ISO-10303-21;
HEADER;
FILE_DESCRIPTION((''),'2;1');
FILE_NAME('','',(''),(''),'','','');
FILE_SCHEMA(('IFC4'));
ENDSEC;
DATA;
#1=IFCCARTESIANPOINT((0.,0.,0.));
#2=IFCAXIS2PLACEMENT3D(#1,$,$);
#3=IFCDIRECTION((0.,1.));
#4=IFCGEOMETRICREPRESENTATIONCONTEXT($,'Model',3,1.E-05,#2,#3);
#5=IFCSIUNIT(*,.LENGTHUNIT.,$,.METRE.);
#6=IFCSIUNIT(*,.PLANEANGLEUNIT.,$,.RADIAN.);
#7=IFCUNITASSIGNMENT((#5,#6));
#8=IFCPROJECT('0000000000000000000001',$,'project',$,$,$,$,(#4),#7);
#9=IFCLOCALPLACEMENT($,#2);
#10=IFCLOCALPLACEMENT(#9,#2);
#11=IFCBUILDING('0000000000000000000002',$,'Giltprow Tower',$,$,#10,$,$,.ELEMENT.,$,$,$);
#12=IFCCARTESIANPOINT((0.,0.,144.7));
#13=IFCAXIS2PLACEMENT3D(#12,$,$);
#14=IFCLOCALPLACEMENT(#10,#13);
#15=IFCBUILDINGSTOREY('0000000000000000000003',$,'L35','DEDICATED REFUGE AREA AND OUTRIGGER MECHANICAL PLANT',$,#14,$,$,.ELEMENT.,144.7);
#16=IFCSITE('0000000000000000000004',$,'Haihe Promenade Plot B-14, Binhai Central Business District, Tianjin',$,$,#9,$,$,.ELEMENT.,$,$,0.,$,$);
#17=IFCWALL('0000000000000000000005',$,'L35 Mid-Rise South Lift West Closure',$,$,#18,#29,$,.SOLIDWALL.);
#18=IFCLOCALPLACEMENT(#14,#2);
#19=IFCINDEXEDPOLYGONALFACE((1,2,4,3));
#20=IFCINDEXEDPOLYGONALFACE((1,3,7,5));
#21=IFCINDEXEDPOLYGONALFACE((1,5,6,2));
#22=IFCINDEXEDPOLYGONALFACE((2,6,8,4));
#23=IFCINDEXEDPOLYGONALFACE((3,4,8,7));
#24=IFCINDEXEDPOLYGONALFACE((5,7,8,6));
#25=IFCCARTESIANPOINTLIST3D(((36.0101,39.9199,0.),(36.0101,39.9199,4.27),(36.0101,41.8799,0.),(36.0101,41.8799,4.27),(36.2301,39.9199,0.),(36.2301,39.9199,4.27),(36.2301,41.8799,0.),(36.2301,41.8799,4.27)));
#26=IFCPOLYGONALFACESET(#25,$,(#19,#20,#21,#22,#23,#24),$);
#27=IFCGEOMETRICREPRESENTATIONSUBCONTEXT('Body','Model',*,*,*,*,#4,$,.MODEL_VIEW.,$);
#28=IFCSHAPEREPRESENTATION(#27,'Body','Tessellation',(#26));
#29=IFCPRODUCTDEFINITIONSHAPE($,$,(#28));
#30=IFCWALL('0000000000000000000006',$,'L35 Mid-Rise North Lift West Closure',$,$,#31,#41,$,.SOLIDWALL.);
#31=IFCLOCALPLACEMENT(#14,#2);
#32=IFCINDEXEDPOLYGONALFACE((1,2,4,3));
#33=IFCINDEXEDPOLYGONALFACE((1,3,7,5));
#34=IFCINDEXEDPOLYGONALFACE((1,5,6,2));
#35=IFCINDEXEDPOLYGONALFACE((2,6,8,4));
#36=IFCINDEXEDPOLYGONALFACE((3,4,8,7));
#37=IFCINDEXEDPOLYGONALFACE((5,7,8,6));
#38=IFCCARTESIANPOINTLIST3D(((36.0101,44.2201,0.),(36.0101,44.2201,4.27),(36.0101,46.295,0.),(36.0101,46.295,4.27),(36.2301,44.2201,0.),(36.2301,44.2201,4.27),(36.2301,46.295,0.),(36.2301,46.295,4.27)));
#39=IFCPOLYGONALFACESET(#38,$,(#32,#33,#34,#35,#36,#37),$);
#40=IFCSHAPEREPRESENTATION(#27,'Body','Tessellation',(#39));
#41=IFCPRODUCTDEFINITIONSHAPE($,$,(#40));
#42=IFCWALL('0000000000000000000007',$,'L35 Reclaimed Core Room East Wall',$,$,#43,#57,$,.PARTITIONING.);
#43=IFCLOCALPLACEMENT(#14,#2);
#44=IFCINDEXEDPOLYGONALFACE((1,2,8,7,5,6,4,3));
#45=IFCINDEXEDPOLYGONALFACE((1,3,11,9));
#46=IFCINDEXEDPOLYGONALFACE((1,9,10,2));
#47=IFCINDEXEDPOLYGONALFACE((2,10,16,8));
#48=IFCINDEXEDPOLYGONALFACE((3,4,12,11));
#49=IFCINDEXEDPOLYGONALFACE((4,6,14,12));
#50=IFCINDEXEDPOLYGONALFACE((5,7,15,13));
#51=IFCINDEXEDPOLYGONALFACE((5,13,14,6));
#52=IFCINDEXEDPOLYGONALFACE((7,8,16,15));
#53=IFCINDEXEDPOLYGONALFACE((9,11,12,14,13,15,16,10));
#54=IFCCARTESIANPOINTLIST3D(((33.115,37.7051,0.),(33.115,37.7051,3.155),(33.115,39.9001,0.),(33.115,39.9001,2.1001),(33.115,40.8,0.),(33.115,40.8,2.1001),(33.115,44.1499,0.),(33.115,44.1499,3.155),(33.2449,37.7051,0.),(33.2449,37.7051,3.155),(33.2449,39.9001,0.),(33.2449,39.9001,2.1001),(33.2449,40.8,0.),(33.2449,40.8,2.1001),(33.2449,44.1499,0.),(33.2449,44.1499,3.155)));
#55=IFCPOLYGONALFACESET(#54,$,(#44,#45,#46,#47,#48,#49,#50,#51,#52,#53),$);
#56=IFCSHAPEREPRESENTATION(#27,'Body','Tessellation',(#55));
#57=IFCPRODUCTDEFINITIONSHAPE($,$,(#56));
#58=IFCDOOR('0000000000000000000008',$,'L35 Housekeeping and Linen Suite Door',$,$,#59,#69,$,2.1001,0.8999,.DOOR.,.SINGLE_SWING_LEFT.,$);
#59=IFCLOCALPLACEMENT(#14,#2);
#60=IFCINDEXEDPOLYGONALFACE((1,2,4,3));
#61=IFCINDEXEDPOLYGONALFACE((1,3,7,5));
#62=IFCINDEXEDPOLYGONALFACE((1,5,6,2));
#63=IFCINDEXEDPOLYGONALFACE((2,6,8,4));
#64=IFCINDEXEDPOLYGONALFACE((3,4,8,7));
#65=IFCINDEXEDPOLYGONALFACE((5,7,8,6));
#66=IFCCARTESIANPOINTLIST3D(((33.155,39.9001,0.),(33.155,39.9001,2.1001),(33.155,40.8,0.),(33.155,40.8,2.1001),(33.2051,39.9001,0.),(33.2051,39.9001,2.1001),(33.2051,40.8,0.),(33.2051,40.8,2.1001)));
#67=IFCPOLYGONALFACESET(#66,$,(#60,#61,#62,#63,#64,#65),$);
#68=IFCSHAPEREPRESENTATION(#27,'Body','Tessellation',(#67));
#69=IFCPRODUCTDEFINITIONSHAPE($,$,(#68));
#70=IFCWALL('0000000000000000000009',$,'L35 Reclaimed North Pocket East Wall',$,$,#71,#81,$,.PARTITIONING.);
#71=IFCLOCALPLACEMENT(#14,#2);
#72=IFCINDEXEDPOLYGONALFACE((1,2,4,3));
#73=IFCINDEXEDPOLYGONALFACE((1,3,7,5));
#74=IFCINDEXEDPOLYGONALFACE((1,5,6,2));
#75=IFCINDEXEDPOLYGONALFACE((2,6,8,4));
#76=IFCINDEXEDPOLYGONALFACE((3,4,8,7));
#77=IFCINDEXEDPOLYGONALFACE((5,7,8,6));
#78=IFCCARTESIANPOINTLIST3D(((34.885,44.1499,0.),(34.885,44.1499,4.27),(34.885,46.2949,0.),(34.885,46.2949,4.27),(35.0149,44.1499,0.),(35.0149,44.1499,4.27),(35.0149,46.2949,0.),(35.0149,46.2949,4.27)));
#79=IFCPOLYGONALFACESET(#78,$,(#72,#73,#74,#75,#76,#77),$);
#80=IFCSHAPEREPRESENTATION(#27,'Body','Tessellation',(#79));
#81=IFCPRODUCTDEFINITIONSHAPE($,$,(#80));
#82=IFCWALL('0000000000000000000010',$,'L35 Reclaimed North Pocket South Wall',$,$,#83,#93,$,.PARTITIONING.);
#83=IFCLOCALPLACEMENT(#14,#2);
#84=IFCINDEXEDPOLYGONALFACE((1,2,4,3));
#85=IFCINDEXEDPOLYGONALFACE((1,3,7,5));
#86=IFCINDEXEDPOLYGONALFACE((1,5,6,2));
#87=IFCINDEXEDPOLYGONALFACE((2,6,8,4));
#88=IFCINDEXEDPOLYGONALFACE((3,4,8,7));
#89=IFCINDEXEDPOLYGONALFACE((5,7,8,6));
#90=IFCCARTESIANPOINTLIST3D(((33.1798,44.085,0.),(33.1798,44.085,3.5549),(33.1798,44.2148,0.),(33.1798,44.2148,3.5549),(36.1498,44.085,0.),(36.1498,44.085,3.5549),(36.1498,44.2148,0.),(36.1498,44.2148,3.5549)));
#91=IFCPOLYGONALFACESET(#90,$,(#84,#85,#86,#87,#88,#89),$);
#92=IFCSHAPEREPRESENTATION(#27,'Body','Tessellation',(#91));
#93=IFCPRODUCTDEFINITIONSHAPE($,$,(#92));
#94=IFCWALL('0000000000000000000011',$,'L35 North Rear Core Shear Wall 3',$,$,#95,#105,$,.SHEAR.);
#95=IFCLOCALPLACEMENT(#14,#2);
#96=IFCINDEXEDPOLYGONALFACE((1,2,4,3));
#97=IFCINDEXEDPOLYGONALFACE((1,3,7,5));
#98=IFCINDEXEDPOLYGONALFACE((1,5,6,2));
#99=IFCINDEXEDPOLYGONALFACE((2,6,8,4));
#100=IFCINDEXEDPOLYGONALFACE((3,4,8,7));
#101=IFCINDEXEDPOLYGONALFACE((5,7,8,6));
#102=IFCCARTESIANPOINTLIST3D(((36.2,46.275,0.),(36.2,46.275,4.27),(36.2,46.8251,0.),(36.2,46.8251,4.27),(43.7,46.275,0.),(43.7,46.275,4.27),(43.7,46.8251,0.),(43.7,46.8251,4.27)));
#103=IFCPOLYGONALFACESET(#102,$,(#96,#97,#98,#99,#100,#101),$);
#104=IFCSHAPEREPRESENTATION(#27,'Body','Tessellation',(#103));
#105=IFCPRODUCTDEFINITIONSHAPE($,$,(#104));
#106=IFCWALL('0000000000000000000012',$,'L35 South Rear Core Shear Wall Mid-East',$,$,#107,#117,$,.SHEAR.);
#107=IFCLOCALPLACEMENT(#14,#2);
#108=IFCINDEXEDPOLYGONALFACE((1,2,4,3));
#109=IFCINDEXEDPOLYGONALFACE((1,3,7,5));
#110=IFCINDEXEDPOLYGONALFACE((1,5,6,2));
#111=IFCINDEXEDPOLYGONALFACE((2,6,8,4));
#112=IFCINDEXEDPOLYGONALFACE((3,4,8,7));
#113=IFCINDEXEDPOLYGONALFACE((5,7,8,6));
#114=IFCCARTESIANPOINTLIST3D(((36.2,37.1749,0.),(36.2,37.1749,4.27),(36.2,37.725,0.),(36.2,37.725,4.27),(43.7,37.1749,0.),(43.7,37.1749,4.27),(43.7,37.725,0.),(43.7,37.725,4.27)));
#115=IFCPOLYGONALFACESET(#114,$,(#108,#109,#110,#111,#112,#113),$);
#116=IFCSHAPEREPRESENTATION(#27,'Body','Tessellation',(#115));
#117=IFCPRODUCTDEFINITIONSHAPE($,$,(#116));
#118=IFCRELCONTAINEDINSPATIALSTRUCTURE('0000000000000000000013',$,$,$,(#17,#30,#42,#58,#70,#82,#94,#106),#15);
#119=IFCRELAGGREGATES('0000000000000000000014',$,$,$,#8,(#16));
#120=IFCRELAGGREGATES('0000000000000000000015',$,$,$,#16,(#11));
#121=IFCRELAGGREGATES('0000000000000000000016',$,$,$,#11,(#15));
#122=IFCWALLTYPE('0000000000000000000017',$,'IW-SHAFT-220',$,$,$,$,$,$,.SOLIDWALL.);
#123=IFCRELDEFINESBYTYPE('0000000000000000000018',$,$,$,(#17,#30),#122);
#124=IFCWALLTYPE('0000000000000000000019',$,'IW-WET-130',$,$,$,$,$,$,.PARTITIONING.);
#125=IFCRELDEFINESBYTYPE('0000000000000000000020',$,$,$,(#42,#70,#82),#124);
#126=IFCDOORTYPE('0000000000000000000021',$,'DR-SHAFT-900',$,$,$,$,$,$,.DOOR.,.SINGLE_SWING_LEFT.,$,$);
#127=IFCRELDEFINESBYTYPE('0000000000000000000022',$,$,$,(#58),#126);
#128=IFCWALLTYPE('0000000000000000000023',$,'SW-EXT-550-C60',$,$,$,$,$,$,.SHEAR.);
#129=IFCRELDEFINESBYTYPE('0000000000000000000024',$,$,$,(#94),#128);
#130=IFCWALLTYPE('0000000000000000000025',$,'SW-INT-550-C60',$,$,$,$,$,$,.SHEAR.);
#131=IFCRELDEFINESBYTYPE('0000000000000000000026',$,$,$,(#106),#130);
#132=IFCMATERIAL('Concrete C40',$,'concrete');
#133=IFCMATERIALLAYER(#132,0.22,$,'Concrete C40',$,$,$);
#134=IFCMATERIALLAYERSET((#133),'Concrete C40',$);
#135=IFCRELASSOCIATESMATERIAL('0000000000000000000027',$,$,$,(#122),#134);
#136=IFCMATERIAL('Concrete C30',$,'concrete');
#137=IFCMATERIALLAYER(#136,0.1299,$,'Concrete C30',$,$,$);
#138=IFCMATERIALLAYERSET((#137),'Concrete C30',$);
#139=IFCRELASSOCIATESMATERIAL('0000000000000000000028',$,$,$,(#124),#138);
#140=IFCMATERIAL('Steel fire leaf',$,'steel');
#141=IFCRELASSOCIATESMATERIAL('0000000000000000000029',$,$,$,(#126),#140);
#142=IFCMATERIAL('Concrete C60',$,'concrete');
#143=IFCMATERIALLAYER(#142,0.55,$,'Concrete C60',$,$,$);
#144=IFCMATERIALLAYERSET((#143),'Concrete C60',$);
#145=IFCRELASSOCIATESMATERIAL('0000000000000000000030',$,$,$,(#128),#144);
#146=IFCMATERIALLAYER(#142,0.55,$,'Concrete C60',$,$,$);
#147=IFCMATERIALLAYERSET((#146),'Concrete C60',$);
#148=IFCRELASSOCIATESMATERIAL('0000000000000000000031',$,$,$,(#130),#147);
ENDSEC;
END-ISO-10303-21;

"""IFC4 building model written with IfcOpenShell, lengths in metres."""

from ifc_helpers import new_model, si_unit, direction, frame, frame_2d, origin, place, context, subcontext, project, spatial, rectangle, extrude, source, transform, mapped, material, layer, layer_set, type_object, element, fill, save


model = new_model("IFC4")

# Units and contexts
model_context = context("Model", 3, precision=1e-05, world=origin(), true_north=direction((0.0, 1.0)))
body_context = subcontext(model_context, "Body", "Model", "MODEL_VIEW")
ifc_project = project(units=[si_unit("LENGTHUNIT", "METRE"), si_unit("PLANEANGLEUNIT", "RADIAN")], contexts=[model_context])

# Site, building, storey
site_placement = place(None, origin())
site = spatial("IfcSite", under=ifc_project, at=site_placement, Name="Haihe Promenade Plot B-14, Binhai Central Business District, Tianjin", CompositionType="ELEMENT", RefElevation=0.0)
building_placement = place(site_placement, origin())
building = spatial("IfcBuilding", under=site, at=building_placement, Name="Giltprow Tower", CompositionType="ELEMENT")
storey_placement = place(building_placement, frame((0.0, 0.0, 144.7)))
storey = spatial("IfcBuildingStorey", under=building, at=storey_placement, Name="L35", Description="DEDICATED REFUGE AREA AND OUTRIGGER MECHANICAL PLANT", CompositionType="ELEMENT", Elevation=144.7)

# Shared definitions
ifc_material_1 = material(Name="Concrete C60", Category="concrete")

# Shared definitions
ifc_material_2 = material(Name="Concrete C40", Category="concrete")
ifc_layer_1 = layer(ifc_material_2, 0.22, Name="Concrete C40")
ifc_layer_set_1 = layer_set([ifc_layer_1], Name="Concrete C40")
wall_type_1 = type_object("IfcWallType", Name="IW-SHAFT-220", PredefinedType="SOLIDWALL", material=ifc_layer_set_1)

# Walls
wall_1_placement = place(storey_placement, frame((36.1201, 39.9199, 0.0), z_axis=(0.0, 0.0, 1.0), x_axis=(0.0, 1.0, 0.0)))
element("IfcWall", 1, at=wall_1_placement, inside=storey, type_object=wall_type_1, Name="L35 Mid-Rise South Lift West Closure", PredefinedType="SOLIDWALL", context=body_context, shape_type="SweptSolid", body=[
    extrude(rectangle(XDim=1.96, YDim=0.22, at=frame_2d((0.98, 0.0))), origin(), (0.0, 0.0, 1.0), 4.27),
])
wall_2_placement = place(storey_placement, frame((36.1201, 44.22, 0.0), z_axis=(0.0, 0.0, 1.0), x_axis=(0.0, 1.0, 0.0)))
element("IfcWall", 2, at=wall_2_placement, inside=storey, type_object=wall_type_1, Name="L35 Mid-Rise North Lift West Closure", PredefinedType="SOLIDWALL", context=body_context, shape_type="SweptSolid", body=[
    extrude(rectangle(XDim=2.075, YDim=0.22, at=frame_2d((1.0376, 0.0))), origin(), (0.0, 0.0, 1.0), 4.27),
])

# Wall, opening, door
ifc_material_3 = material(Name="Concrete C30", Category="concrete")
ifc_layer_2 = layer(ifc_material_3, 0.1299, Name="Concrete C30")
ifc_layer_set_2 = layer_set([ifc_layer_2], Name="Concrete C30")
wall_type_2 = type_object("IfcWallType", Name="IW-WET-130", PredefinedType="PARTITIONING", material=ifc_layer_set_2)
wall_3_placement = place(storey_placement, frame((33.1799, 37.7051, 0.0), z_axis=(0.0, 0.0, 1.0), x_axis=(0.0, 1.0, 0.0)))
wall_3 = element("IfcWall", 3, at=wall_3_placement, inside=storey, type_object=wall_type_2, Name="L35 Reclaimed Core Room East Wall", PredefinedType="PARTITIONING", context=body_context, shape_type="SweptSolid", body=[
    extrude(rectangle(XDim=6.4448, YDim=0.1299, at=frame_2d((3.2224, 0.0))), origin(), (0.0, 0.0, 1.0), 3.155),
])
opening_1_placement = place(wall_3_placement, frame((2.1951, 0.0, 0.0)))
opening_1 = element("IfcOpeningElement", 4, at=opening_1_placement, cuts=wall_3, PredefinedType="OPENING", context=body_context, shape_type="SweptSolid", body=[
    extrude(rectangle(XDim=0.8999, YDim=2.1001, at=frame_2d((0.45, 1.05))), frame((0.0, 0.075, 0.0), z_axis=(0.0, -1.0, 0.0), x_axis=(1.0, 0.0, 0.0)), (0.0, 0.0, 1.0), 0.1499),
])
ifc_material_4 = material(Name="Steel fire leaf", Category="steel")
door_type_1 = type_object("IfcDoorType", Name="DR-SHAFT-900", OperationType="SINGLE_SWING_LEFT", PredefinedType="DOOR", material=ifc_material_4)
shared_shape_1 = source(origin(), body_context, "Body", "SweptSolid", [
    extrude(rectangle(XDim=0.8999, YDim=2.1001, at=frame_2d((0.45, 1.05))), frame((0.0, 0.0249, 0.0), z_axis=(0.0, -1.0, 0.0), x_axis=(1.0, 0.0, 0.0)), (0.0, 0.0, 1.0), 0.05),
])
door_1_placement = place(opening_1_placement, origin())
door_1 = element("IfcDoor", 5, at=door_1_placement, inside=storey, type_object=door_type_1, Name="L35 Housekeeping and Linen Suite Door", OperationType="SINGLE_SWING_LEFT", OverallHeight=2.1001, OverallWidth=0.8999, PredefinedType="DOOR", context=body_context, shape_type="MappedRepresentation", body=[
    mapped(shared_shape_1, transform((0.0, 0.0, 0.0), x_axis=(1.0, 0.0, 0.0), y_axis=(0.0, 1.0, 0.0), z_axis=(0.0, 0.0, 1.0), scale=1.0)),
])
fill(opening_1, door_1)

# Walls
wall_4_placement = place(storey_placement, frame((34.95, 44.1499, 0.0), z_axis=(0.0, 0.0, 1.0), x_axis=(0.0, 1.0, 0.0)))
element("IfcWall", 6, at=wall_4_placement, inside=storey, type_object=wall_type_2, Name="L35 Reclaimed North Pocket East Wall", PredefinedType="PARTITIONING", context=body_context, shape_type="SweptSolid", body=[
    extrude(rectangle(XDim=2.145, YDim=0.1299, at=frame_2d((1.0725, 0.0))), origin(), (0.0, 0.0, 1.0), 4.27),
])
wall_5_placement = place(storey_placement, frame((33.1799, 44.1499, 0.0), z_axis=(0.0, 0.0, 1.0), x_axis=(1.0, 0.0, 0.0)))
element("IfcWall", 7, at=wall_5_placement, inside=storey, type_object=wall_type_2, Name="L35 Reclaimed North Pocket South Wall", PredefinedType="PARTITIONING", context=body_context, shape_type="SweptSolid", body=[
    extrude(rectangle(XDim=2.97, YDim=0.1299, at=frame_2d((1.4849, 0.0))), origin(), (0.0, 0.0, 1.0), 3.5549),
])
ifc_layer_3 = layer(ifc_material_1, 0.55, Name="Concrete C60")
ifc_layer_set_3 = layer_set([ifc_layer_3], Name="Concrete C60")
wall_type_3 = type_object("IfcWallType", Name="SW-EXT-550-C60", PredefinedType="SHEAR", material=ifc_layer_set_3)
wall_6_placement = place(storey_placement, frame((36.2, 46.55, 0.0), z_axis=(0.0, 0.0, 1.0), x_axis=(1.0, 0.0, 0.0)))
element("IfcWall", 8, at=wall_6_placement, inside=storey, type_object=wall_type_3, Name="L35 North Rear Core Shear Wall 3", PredefinedType="SHEAR", context=body_context, shape_type="SweptSolid", body=[
    extrude(rectangle(XDim=7.5, YDim=0.55, at=frame_2d((3.75, 0.0))), origin(), (0.0, 0.0, 1.0), 4.27),
])
ifc_layer_4 = layer(ifc_material_1, 0.55, Name="Concrete C60")
ifc_layer_set_4 = layer_set([ifc_layer_4], Name="Concrete C60")
wall_type_4 = type_object("IfcWallType", Name="SW-INT-550-C60", PredefinedType="SHEAR", material=ifc_layer_set_4)
wall_7_placement = place(storey_placement, frame((36.2, 37.45, 0.0), z_axis=(0.0, 0.0, 1.0), x_axis=(1.0, 0.0, 0.0)))
element("IfcWall", 9, at=wall_7_placement, inside=storey, type_object=wall_type_4, Name="L35 South Rear Core Shear Wall Mid-East", PredefinedType="SHEAR", context=body_context, shape_type="SweptSolid", body=[
    extrude(rectangle(XDim=7.5, YDim=0.55, at=frame_2d((3.75, 0.0))), origin(), (0.0, 0.0, 1.0), 4.27),
])

save(model, "model.ifc")
